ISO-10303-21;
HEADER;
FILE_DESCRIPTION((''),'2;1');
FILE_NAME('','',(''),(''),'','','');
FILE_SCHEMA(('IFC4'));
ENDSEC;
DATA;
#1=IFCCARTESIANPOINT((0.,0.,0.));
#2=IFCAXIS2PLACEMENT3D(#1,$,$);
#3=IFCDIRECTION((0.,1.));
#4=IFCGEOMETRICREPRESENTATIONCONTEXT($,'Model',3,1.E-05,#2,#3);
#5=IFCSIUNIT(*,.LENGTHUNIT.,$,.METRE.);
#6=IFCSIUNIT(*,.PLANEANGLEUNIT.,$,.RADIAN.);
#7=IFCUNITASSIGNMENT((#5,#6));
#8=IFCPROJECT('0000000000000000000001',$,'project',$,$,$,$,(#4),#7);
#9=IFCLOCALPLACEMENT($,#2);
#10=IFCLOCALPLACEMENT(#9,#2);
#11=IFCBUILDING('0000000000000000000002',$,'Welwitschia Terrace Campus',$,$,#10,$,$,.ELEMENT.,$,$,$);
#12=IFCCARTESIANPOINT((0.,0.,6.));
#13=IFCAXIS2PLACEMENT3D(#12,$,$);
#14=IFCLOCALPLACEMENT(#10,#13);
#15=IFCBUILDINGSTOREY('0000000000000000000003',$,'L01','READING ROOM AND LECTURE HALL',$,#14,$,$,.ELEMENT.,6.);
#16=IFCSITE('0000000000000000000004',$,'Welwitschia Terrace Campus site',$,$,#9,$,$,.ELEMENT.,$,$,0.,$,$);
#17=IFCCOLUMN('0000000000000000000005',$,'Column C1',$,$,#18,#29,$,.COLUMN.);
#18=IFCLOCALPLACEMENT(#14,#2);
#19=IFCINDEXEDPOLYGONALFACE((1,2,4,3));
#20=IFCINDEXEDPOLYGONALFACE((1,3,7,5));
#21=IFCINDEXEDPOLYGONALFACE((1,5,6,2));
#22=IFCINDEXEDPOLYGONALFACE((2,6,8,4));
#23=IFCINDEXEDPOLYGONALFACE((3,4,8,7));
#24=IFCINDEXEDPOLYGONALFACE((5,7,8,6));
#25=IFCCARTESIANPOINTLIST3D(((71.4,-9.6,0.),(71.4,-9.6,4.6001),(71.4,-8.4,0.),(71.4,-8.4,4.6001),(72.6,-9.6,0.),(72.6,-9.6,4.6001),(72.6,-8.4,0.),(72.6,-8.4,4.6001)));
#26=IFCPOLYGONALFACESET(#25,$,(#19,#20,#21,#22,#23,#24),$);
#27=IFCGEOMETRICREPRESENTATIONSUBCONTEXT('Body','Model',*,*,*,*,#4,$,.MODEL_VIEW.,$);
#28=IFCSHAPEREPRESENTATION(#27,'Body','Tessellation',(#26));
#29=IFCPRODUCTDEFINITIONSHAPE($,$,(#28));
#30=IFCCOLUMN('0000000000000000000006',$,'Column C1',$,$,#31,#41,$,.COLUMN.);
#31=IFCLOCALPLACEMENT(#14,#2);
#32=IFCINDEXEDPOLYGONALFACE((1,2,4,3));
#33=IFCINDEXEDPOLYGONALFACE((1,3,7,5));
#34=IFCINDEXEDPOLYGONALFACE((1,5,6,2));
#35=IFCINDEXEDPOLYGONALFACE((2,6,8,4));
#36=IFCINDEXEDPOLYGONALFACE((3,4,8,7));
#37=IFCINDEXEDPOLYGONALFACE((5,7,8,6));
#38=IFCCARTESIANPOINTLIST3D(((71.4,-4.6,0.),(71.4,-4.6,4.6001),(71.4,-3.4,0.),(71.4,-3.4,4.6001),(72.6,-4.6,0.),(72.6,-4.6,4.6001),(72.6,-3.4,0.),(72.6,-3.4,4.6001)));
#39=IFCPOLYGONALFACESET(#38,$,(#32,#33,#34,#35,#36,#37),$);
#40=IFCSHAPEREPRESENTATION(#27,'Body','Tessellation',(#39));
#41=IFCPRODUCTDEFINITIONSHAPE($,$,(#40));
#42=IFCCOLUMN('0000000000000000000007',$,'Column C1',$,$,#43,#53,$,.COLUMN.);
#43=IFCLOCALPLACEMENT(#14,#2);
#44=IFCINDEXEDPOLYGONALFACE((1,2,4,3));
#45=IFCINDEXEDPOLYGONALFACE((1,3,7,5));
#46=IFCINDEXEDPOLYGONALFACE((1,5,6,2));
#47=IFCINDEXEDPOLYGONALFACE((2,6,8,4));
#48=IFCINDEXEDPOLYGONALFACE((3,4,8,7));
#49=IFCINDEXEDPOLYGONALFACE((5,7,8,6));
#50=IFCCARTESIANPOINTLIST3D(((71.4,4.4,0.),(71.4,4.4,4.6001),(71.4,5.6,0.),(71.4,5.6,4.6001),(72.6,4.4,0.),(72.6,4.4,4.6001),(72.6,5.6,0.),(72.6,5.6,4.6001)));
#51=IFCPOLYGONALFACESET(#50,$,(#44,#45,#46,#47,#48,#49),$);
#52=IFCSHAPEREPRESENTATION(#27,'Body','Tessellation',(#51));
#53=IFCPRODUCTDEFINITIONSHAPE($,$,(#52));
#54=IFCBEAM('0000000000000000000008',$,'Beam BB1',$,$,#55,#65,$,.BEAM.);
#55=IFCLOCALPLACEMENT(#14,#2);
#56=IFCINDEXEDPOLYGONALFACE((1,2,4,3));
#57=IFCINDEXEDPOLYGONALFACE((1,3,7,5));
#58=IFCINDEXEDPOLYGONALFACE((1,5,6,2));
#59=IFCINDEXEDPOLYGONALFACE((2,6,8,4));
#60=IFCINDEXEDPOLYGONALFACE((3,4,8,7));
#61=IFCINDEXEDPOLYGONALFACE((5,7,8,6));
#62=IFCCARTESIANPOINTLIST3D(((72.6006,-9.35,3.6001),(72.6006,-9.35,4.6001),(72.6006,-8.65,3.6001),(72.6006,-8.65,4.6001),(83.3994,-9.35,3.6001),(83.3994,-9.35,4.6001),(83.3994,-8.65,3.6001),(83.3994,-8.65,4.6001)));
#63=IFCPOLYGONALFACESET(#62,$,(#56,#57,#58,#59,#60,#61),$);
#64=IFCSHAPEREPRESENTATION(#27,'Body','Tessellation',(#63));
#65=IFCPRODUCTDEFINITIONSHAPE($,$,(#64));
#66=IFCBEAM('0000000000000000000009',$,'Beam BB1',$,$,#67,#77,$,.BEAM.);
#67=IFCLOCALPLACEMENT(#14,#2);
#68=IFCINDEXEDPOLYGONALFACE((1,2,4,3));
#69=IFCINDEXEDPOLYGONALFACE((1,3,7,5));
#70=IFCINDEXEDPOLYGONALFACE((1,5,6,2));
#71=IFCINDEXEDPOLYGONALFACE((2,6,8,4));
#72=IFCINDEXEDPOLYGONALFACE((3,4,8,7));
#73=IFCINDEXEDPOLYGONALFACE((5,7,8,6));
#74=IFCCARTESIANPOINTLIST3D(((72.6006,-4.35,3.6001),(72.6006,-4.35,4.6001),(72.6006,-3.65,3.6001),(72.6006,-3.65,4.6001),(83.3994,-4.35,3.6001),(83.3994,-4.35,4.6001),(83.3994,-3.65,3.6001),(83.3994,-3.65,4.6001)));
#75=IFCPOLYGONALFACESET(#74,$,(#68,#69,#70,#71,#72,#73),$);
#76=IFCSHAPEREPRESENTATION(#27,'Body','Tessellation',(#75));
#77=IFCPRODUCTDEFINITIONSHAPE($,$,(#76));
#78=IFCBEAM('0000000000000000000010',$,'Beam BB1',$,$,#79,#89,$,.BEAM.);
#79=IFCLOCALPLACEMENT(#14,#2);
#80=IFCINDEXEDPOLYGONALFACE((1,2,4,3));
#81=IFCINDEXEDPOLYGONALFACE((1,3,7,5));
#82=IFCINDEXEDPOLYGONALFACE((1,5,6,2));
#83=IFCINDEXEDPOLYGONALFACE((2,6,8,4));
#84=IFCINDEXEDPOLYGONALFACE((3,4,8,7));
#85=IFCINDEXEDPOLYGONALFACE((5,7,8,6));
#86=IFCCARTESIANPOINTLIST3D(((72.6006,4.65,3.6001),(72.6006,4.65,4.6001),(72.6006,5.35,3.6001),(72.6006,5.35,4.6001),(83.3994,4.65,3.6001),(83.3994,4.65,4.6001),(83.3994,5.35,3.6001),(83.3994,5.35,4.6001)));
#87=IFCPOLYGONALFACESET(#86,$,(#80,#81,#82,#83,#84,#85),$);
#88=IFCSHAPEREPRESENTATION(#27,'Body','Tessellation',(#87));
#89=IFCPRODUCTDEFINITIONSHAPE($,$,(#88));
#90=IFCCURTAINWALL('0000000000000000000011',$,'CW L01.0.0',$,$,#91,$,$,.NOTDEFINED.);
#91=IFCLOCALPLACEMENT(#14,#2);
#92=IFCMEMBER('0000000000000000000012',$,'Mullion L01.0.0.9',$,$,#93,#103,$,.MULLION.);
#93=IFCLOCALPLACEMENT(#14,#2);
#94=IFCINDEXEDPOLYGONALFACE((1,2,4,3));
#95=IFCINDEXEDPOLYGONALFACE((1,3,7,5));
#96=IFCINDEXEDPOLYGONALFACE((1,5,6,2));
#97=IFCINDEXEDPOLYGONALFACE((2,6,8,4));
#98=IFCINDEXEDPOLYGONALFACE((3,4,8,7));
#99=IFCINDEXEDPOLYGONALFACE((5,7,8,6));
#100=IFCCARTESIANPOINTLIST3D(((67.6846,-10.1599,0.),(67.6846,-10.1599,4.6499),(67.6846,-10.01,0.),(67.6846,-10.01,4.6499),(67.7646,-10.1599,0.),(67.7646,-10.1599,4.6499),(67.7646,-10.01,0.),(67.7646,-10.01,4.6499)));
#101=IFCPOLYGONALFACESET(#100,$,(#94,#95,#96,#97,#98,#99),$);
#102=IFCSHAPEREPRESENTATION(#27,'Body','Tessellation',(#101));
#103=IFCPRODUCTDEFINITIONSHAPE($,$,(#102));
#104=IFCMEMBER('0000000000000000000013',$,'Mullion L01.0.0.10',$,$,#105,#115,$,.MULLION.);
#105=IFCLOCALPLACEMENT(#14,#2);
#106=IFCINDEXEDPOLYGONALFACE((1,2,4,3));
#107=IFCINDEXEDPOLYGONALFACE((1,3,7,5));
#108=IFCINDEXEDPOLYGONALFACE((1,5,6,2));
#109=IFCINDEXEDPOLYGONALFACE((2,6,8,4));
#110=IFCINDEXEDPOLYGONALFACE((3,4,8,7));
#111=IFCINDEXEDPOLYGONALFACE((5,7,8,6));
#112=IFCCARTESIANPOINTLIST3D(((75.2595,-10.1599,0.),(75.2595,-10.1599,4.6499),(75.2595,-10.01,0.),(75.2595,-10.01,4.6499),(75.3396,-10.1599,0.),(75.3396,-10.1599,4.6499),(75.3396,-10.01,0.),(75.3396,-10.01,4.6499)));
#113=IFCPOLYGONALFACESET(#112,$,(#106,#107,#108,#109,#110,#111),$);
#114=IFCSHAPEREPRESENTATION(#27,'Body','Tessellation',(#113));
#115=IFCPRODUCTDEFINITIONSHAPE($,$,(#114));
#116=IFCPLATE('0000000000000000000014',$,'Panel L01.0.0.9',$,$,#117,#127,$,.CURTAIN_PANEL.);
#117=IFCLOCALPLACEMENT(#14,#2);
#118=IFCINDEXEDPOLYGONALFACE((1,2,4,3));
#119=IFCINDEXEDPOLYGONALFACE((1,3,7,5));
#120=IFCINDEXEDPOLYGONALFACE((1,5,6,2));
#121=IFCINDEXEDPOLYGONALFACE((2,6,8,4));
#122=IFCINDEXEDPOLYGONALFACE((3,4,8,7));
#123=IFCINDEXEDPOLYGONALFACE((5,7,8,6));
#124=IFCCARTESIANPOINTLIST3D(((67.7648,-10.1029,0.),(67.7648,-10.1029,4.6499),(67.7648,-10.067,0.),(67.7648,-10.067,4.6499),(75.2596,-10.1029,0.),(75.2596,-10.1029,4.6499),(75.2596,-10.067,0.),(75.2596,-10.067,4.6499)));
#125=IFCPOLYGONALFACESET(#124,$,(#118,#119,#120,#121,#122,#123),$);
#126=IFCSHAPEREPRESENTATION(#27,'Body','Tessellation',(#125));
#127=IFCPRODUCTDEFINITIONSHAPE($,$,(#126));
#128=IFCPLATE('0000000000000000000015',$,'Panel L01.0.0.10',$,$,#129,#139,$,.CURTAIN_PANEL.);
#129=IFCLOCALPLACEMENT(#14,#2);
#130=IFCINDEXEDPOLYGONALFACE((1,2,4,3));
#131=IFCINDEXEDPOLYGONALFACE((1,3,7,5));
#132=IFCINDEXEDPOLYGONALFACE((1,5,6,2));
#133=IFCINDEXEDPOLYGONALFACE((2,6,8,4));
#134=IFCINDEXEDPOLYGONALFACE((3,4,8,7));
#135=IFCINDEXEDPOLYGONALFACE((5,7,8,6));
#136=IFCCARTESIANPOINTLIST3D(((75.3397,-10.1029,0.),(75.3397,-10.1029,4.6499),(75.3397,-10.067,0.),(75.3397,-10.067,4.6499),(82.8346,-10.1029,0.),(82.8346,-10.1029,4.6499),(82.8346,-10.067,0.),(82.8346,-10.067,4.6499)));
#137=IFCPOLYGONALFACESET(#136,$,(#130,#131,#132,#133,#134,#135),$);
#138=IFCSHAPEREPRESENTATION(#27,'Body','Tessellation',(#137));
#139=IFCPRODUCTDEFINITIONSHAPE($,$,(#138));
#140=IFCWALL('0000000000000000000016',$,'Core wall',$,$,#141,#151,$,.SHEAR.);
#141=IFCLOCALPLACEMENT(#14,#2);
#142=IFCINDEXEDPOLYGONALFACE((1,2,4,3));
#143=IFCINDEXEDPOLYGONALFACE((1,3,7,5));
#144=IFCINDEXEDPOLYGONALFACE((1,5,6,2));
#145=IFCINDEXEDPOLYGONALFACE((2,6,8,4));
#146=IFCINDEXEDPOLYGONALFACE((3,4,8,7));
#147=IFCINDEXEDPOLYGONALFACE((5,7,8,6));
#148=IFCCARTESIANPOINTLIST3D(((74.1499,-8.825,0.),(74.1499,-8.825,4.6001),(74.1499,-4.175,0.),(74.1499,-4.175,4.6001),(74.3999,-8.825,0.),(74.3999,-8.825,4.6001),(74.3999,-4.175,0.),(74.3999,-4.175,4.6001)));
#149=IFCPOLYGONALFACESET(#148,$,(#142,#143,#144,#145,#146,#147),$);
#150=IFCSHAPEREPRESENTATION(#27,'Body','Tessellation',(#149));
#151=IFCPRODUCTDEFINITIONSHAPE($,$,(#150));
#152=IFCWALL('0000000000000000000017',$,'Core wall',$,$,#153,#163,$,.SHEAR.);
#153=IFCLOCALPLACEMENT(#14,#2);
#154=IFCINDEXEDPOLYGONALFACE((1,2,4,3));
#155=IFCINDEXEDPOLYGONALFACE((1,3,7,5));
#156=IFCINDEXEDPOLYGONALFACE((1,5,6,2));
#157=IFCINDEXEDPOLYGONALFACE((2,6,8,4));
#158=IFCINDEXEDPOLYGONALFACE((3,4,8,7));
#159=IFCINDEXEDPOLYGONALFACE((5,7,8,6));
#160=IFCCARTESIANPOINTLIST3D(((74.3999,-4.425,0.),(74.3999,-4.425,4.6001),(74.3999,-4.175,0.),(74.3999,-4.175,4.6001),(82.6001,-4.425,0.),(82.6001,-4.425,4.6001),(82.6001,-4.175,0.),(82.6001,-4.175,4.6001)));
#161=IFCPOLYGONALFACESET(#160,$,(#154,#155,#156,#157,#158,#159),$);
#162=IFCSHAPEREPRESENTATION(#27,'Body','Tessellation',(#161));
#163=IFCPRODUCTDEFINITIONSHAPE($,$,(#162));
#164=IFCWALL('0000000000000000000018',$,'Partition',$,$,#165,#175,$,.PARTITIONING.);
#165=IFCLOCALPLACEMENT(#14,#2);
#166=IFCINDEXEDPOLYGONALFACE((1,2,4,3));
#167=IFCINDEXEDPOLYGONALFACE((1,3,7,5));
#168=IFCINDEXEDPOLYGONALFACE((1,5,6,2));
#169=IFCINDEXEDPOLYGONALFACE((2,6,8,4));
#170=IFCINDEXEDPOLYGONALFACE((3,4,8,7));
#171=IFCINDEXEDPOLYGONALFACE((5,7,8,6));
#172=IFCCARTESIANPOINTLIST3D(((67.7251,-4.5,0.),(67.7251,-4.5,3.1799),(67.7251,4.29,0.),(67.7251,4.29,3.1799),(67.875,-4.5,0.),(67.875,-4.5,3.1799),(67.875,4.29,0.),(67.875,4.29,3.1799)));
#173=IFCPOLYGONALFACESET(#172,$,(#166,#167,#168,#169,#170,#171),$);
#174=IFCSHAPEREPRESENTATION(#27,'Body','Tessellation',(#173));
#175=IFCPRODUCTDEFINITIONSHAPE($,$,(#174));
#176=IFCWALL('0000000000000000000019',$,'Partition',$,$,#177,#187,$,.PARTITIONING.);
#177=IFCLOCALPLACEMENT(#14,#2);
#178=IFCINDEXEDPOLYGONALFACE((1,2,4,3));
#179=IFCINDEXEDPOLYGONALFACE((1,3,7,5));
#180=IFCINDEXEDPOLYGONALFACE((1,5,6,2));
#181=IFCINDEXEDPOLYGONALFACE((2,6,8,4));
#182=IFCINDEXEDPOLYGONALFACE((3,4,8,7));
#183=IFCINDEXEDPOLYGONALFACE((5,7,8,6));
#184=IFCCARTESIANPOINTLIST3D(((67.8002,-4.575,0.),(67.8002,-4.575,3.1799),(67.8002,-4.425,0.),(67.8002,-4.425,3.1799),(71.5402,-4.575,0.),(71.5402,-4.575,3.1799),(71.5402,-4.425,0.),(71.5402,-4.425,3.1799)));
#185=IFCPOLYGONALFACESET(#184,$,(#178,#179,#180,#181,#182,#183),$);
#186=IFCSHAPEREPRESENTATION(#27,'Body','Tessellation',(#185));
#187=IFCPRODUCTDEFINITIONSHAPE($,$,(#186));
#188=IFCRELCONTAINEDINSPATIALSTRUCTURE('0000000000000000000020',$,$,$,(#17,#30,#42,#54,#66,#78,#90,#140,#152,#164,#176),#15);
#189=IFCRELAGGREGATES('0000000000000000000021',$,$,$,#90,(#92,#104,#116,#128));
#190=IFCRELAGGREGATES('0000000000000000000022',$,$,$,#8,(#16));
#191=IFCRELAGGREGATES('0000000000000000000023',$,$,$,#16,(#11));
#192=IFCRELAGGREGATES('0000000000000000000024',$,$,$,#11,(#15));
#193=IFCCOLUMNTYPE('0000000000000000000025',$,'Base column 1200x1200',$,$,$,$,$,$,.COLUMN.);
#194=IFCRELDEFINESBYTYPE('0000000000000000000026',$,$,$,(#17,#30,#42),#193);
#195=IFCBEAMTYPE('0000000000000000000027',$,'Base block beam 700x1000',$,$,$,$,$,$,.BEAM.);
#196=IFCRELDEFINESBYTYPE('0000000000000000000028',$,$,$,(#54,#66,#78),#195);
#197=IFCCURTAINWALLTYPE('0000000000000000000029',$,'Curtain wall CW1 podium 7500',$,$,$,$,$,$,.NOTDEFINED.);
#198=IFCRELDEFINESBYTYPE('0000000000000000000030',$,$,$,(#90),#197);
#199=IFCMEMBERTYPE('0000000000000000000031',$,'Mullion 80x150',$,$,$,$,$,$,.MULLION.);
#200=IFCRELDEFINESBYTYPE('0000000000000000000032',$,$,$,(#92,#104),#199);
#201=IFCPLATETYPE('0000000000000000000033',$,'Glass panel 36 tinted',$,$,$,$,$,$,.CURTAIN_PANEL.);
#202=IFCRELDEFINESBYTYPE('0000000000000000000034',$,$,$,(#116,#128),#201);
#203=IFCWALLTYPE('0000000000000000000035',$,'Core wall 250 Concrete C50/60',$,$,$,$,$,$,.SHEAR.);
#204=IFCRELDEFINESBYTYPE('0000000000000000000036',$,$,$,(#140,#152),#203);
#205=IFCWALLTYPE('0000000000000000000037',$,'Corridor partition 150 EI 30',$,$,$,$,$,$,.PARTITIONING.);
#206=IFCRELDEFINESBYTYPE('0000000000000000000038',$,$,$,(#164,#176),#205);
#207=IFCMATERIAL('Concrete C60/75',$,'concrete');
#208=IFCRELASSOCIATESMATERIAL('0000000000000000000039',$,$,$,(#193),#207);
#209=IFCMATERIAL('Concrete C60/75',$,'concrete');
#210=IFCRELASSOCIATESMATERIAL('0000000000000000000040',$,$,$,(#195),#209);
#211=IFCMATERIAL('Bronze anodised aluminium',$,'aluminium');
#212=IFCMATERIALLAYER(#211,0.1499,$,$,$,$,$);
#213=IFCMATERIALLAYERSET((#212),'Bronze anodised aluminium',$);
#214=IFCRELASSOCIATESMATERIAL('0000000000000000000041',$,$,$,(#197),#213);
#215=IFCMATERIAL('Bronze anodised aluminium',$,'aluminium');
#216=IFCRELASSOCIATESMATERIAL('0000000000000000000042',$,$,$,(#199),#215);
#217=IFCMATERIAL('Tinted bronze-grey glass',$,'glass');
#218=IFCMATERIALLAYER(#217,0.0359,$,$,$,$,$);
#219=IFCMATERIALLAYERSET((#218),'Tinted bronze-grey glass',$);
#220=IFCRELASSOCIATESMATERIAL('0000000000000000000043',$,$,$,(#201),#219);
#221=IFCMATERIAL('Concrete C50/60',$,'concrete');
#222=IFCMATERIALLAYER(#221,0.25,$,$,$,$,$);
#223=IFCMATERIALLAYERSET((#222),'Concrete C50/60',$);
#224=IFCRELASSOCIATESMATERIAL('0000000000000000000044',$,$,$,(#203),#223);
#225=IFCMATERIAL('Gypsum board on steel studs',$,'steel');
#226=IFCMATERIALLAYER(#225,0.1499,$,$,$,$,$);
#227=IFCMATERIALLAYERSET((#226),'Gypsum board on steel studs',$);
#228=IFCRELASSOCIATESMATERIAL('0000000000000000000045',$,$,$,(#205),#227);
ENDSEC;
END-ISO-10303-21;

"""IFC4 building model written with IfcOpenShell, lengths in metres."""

from ifc_helpers import new_model, si_unit, direction, frame, frame_2d, origin, origin_2d, place, context, subcontext, project, spatial, rectangle, extrude, material, layer, layer_set, material_profile, profile_set, type_object, element, aggregate, save


model = new_model("IFC4")

# Units and contexts
model_context = context("Model", 3, precision=1e-05, world=origin(), true_north=direction((0.0, 1.0)))
body_context = subcontext(model_context, "Body", "Model", "MODEL_VIEW")
ifc_project = project(units=[si_unit("LENGTHUNIT", "METRE"), si_unit("PLANEANGLEUNIT", "RADIAN")], contexts=[model_context])

# Site, building, storey
site_placement = place(None, origin())
site = spatial("IfcSite", under=ifc_project, at=site_placement, Name="Welwitschia Terrace Campus site", CompositionType="ELEMENT", RefElevation=0.0)
building_placement = place(site_placement, origin())
building = spatial("IfcBuilding", under=site, at=building_placement, Name="Welwitschia Terrace Campus", CompositionType="ELEMENT")
storey_placement = place(building_placement, frame((0.0, 0.0, 6.0)))
storey = spatial("IfcBuildingStorey", under=building, at=storey_placement, Name="L01", Description="READING ROOM AND LECTURE HALL", CompositionType="ELEMENT", Elevation=6.0)

# Columns
ifc_material_1 = material(Name="Concrete C60/75", Category="concrete")
ifc_material_profile_1 = material_profile(ifc_material_1, rectangle(XDim=1.2, YDim=1.2, at=origin_2d()))
ifc_profile_set_1 = profile_set([ifc_material_profile_1], Name="Concrete C60/75")
column_type = type_object("IfcColumnType", Name="Base column 1200x1200", PredefinedType="COLUMN", material=ifc_profile_set_1)
for number, where, z_axis, x_axis, name in (
    (1, (72.0, -9.0, 0.0), (0.0, 0.0, 1.0), (1.0, 0.0, 0.0), "Column C1"),
    (2, (72.0, -4.0, 0.0), (0.0, 0.0, 1.0), (1.0, 0.0, 0.0), "Column C1"),
    (3, (72.0, 5.0, 0.0), (0.0, 0.0, 1.0), (1.0, 0.0, 0.0), "Column C1"),
):
    element("IfcColumn", number, at=place(storey_placement, frame(where, z_axis=z_axis, x_axis=x_axis)), inside=storey, type_object=column_type, Name=name, PredefinedType="COLUMN", context=body_context, shape_type="SweptSolid", body=[
        extrude(rectangle(XDim=1.2, YDim=1.2, at=origin_2d()), origin(), (0.0, 0.0, 1.0), 4.6001),
    ])

# Beams
ifc_material_2 = material(Name="Concrete C60/75", Category="concrete")
ifc_material_profile_2 = material_profile(ifc_material_2, rectangle(XDim=0.7, YDim=1.0, at=origin_2d()))
ifc_profile_set_2 = profile_set([ifc_material_profile_2], Name="Concrete C60/75")
beam_type = type_object("IfcBeamType", Name="Base block beam 700x1000", PredefinedType="BEAM", material=ifc_profile_set_2)
for number, where, z_axis, x_axis, name in (
    (4, (72.6006, -9.0, 4.1001), (1.0, 0.0, 0.0), (0.0, 1.0, 0.0), "Beam BB1"),
    (5, (72.6006, -4.0, 4.1001), (1.0, 0.0, 0.0), (0.0, 1.0, 0.0), "Beam BB1"),
    (6, (72.6006, 5.0, 4.1001), (1.0, 0.0, 0.0), (0.0, 1.0, 0.0), "Beam BB1"),
):
    element("IfcBeam", number, at=place(storey_placement, frame(where, z_axis=z_axis, x_axis=x_axis)), inside=storey, type_object=beam_type, Name=name, PredefinedType="BEAM", context=body_context, shape_type="SweptSolid", body=[
        extrude(rectangle(XDim=0.7, YDim=1.0, at=origin_2d()), origin(), (0.0, 0.0, 1.0), 10.7988),
    ])

# Curtain wall, members, plates
ifc_material_3 = material(Name="Bronze anodised aluminium", Category="aluminium")
ifc_layer_1 = layer(ifc_material_3, 0.1499)
ifc_layer_set_1 = layer_set([ifc_layer_1], Name="Bronze anodised aluminium")
curtain_wall_type = type_object("IfcCurtainWallType", Name="Curtain wall CW1 podium 7500", PredefinedType="NOTDEFINED", material=ifc_layer_set_1)
curtain_wall_placement = place(storey_placement, origin())
curtain_wall = element("IfcCurtainWall", 7, at=curtain_wall_placement, inside=storey, type_object=curtain_wall_type, Name="CW L01.0.0", PredefinedType="NOTDEFINED")
ifc_material_4 = material(Name="Bronze anodised aluminium", Category="aluminium")
ifc_material_profile_3 = material_profile(ifc_material_4, rectangle(XDim=0.1499, YDim=0.0801, at=origin_2d()))
ifc_profile_set_3 = profile_set([ifc_material_profile_3], Name="Bronze anodised aluminium")
member_type = type_object("IfcMemberType", Name="Mullion 80x150", PredefinedType="MULLION", material=ifc_profile_set_3)
member_1_placement = place(storey_placement, frame((67.7246, -10.085, 0.0), z_axis=(0.0, 0.0, 1.0), x_axis=(0.0, 1.0, 0.0)))
member_1 = element("IfcMember", 8, at=member_1_placement, type_object=member_type, Name="Mullion L01.0.0.9", PredefinedType="MULLION", context=body_context, shape_type="SweptSolid", body=[
    extrude(rectangle(XDim=0.1499, YDim=0.0801, at=origin_2d()), origin(), (0.0, 0.0, 1.0), 4.6499),
])
member_2_placement = place(storey_placement, frame((75.2996, -10.085, 0.0), z_axis=(0.0, 0.0, 1.0), x_axis=(0.0, 1.0, 0.0)))
member_2 = element("IfcMember", 9, at=member_2_placement, type_object=member_type, Name="Mullion L01.0.0.10", PredefinedType="MULLION", context=body_context, shape_type="SweptSolid", body=[
    extrude(rectangle(XDim=0.1499, YDim=0.0801, at=origin_2d()), origin(), (0.0, 0.0, 1.0), 4.6499),
])
ifc_material_5 = material(Name="Tinted bronze-grey glass", Category="glass")
ifc_layer_2 = layer(ifc_material_5, 0.0359)
ifc_layer_set_2 = layer_set([ifc_layer_2], Name="Tinted bronze-grey glass")
plate_type = type_object("IfcPlateType", Name="Glass panel 36 tinted", PredefinedType="CURTAIN_PANEL", material=ifc_layer_set_2)
plate_1_placement = place(storey_placement, frame((71.5122, -10.085, 0.0), z_axis=(0.0, 0.0, 1.0), x_axis=(1.0, 0.0, 0.0)))
plate_1 = element("IfcPlate", 10, at=plate_1_placement, type_object=plate_type, Name="Panel L01.0.0.9", PredefinedType="CURTAIN_PANEL", context=body_context, shape_type="SweptSolid", body=[
    extrude(rectangle(XDim=7.4949, YDim=0.0359, at=origin_2d()), origin(), (0.0, 0.0, 1.0), 4.6499),
])
plate_2_placement = place(storey_placement, frame((79.0872, -10.085, 0.0), z_axis=(0.0, 0.0, 1.0), x_axis=(1.0, 0.0, 0.0)))
plate_2 = element("IfcPlate", 11, at=plate_2_placement, type_object=plate_type, Name="Panel L01.0.0.10", PredefinedType="CURTAIN_PANEL", context=body_context, shape_type="SweptSolid", body=[
    extrude(rectangle(XDim=7.4949, YDim=0.0359, at=origin_2d()), origin(), (0.0, 0.0, 1.0), 4.6499),
])
aggregate(curtain_wall, [member_1, member_2, plate_1, plate_2])

# Walls
ifc_material_6 = material(Name="Concrete C50/60", Category="concrete")
ifc_layer_3 = layer(ifc_material_6, 0.25)
ifc_layer_set_3 = layer_set([ifc_layer_3], Name="Concrete C50/60")
wall_type_1 = type_object("IfcWallType", Name="Core wall 250 Concrete C50/60", PredefinedType="SHEAR", material=ifc_layer_set_3)
wall_1_placement = place(storey_placement, frame((74.2749, -8.825, 0.0), z_axis=(0.0, 0.0, 1.0), x_axis=(0.0, 1.0, 0.0)))
element("IfcWall", 12, at=wall_1_placement, inside=storey, type_object=wall_type_1, Name="Core wall", PredefinedType="SHEAR", context=body_context, shape_type="SweptSolid", body=[
    extrude(rectangle(XDim=4.6499, YDim=0.25, at=frame_2d((2.325, 0.0))), origin(), (0.0, 0.0, 1.0), 4.6001),
])
wall_2_placement = place(storey_placement, frame((74.3999, -4.3, 0.0), z_axis=(0.0, 0.0, 1.0), x_axis=(1.0, 0.0, 0.0)))
element("IfcWall", 13, at=wall_2_placement, inside=storey, type_object=wall_type_1, Name="Core wall", PredefinedType="SHEAR", context=body_context, shape_type="SweptSolid", body=[
    extrude(rectangle(XDim=8.2002, YDim=0.25, at=frame_2d((4.1001, 0.0))), origin(), (0.0, 0.0, 1.0), 4.6001),
])
ifc_material_7 = material(Name="Gypsum board on steel studs", Category="steel")
ifc_layer_4 = layer(ifc_material_7, 0.1499)
ifc_layer_set_4 = layer_set([ifc_layer_4], Name="Gypsum board on steel studs")
wall_type_2 = type_object("IfcWallType", Name="Corridor partition 150 EI 30", PredefinedType="PARTITIONING", material=ifc_layer_set_4)
wall_3_placement = place(storey_placement, frame((67.8, -4.5, 0.0), z_axis=(0.0, 0.0, 1.0), x_axis=(0.0, 1.0, 0.0)))
element("IfcWall", 14, at=wall_3_placement, inside=storey, type_object=wall_type_2, Name="Partition", PredefinedType="PARTITIONING", context=body_context, shape_type="SweptSolid", body=[
    extrude(rectangle(XDim=8.79, YDim=0.1499, at=frame_2d((4.395, 0.0))), origin(), (0.0, 0.0, 1.0), 3.1799),
])
wall_4_placement = place(storey_placement, frame((67.8, -4.5, 0.0), z_axis=(0.0, 0.0, 1.0), x_axis=(1.0, 0.0, 0.0)))
element("IfcWall", 15, at=wall_4_placement, inside=storey, type_object=wall_type_2, Name="Partition", PredefinedType="PARTITIONING", context=body_context, shape_type="SweptSolid", body=[
    extrude(rectangle(XDim=3.74, YDim=0.1499, at=frame_2d((1.8701, 0.0))), origin(), (0.0, 0.0, 1.0), 3.1799),
])

save(model, "model.ifc")
